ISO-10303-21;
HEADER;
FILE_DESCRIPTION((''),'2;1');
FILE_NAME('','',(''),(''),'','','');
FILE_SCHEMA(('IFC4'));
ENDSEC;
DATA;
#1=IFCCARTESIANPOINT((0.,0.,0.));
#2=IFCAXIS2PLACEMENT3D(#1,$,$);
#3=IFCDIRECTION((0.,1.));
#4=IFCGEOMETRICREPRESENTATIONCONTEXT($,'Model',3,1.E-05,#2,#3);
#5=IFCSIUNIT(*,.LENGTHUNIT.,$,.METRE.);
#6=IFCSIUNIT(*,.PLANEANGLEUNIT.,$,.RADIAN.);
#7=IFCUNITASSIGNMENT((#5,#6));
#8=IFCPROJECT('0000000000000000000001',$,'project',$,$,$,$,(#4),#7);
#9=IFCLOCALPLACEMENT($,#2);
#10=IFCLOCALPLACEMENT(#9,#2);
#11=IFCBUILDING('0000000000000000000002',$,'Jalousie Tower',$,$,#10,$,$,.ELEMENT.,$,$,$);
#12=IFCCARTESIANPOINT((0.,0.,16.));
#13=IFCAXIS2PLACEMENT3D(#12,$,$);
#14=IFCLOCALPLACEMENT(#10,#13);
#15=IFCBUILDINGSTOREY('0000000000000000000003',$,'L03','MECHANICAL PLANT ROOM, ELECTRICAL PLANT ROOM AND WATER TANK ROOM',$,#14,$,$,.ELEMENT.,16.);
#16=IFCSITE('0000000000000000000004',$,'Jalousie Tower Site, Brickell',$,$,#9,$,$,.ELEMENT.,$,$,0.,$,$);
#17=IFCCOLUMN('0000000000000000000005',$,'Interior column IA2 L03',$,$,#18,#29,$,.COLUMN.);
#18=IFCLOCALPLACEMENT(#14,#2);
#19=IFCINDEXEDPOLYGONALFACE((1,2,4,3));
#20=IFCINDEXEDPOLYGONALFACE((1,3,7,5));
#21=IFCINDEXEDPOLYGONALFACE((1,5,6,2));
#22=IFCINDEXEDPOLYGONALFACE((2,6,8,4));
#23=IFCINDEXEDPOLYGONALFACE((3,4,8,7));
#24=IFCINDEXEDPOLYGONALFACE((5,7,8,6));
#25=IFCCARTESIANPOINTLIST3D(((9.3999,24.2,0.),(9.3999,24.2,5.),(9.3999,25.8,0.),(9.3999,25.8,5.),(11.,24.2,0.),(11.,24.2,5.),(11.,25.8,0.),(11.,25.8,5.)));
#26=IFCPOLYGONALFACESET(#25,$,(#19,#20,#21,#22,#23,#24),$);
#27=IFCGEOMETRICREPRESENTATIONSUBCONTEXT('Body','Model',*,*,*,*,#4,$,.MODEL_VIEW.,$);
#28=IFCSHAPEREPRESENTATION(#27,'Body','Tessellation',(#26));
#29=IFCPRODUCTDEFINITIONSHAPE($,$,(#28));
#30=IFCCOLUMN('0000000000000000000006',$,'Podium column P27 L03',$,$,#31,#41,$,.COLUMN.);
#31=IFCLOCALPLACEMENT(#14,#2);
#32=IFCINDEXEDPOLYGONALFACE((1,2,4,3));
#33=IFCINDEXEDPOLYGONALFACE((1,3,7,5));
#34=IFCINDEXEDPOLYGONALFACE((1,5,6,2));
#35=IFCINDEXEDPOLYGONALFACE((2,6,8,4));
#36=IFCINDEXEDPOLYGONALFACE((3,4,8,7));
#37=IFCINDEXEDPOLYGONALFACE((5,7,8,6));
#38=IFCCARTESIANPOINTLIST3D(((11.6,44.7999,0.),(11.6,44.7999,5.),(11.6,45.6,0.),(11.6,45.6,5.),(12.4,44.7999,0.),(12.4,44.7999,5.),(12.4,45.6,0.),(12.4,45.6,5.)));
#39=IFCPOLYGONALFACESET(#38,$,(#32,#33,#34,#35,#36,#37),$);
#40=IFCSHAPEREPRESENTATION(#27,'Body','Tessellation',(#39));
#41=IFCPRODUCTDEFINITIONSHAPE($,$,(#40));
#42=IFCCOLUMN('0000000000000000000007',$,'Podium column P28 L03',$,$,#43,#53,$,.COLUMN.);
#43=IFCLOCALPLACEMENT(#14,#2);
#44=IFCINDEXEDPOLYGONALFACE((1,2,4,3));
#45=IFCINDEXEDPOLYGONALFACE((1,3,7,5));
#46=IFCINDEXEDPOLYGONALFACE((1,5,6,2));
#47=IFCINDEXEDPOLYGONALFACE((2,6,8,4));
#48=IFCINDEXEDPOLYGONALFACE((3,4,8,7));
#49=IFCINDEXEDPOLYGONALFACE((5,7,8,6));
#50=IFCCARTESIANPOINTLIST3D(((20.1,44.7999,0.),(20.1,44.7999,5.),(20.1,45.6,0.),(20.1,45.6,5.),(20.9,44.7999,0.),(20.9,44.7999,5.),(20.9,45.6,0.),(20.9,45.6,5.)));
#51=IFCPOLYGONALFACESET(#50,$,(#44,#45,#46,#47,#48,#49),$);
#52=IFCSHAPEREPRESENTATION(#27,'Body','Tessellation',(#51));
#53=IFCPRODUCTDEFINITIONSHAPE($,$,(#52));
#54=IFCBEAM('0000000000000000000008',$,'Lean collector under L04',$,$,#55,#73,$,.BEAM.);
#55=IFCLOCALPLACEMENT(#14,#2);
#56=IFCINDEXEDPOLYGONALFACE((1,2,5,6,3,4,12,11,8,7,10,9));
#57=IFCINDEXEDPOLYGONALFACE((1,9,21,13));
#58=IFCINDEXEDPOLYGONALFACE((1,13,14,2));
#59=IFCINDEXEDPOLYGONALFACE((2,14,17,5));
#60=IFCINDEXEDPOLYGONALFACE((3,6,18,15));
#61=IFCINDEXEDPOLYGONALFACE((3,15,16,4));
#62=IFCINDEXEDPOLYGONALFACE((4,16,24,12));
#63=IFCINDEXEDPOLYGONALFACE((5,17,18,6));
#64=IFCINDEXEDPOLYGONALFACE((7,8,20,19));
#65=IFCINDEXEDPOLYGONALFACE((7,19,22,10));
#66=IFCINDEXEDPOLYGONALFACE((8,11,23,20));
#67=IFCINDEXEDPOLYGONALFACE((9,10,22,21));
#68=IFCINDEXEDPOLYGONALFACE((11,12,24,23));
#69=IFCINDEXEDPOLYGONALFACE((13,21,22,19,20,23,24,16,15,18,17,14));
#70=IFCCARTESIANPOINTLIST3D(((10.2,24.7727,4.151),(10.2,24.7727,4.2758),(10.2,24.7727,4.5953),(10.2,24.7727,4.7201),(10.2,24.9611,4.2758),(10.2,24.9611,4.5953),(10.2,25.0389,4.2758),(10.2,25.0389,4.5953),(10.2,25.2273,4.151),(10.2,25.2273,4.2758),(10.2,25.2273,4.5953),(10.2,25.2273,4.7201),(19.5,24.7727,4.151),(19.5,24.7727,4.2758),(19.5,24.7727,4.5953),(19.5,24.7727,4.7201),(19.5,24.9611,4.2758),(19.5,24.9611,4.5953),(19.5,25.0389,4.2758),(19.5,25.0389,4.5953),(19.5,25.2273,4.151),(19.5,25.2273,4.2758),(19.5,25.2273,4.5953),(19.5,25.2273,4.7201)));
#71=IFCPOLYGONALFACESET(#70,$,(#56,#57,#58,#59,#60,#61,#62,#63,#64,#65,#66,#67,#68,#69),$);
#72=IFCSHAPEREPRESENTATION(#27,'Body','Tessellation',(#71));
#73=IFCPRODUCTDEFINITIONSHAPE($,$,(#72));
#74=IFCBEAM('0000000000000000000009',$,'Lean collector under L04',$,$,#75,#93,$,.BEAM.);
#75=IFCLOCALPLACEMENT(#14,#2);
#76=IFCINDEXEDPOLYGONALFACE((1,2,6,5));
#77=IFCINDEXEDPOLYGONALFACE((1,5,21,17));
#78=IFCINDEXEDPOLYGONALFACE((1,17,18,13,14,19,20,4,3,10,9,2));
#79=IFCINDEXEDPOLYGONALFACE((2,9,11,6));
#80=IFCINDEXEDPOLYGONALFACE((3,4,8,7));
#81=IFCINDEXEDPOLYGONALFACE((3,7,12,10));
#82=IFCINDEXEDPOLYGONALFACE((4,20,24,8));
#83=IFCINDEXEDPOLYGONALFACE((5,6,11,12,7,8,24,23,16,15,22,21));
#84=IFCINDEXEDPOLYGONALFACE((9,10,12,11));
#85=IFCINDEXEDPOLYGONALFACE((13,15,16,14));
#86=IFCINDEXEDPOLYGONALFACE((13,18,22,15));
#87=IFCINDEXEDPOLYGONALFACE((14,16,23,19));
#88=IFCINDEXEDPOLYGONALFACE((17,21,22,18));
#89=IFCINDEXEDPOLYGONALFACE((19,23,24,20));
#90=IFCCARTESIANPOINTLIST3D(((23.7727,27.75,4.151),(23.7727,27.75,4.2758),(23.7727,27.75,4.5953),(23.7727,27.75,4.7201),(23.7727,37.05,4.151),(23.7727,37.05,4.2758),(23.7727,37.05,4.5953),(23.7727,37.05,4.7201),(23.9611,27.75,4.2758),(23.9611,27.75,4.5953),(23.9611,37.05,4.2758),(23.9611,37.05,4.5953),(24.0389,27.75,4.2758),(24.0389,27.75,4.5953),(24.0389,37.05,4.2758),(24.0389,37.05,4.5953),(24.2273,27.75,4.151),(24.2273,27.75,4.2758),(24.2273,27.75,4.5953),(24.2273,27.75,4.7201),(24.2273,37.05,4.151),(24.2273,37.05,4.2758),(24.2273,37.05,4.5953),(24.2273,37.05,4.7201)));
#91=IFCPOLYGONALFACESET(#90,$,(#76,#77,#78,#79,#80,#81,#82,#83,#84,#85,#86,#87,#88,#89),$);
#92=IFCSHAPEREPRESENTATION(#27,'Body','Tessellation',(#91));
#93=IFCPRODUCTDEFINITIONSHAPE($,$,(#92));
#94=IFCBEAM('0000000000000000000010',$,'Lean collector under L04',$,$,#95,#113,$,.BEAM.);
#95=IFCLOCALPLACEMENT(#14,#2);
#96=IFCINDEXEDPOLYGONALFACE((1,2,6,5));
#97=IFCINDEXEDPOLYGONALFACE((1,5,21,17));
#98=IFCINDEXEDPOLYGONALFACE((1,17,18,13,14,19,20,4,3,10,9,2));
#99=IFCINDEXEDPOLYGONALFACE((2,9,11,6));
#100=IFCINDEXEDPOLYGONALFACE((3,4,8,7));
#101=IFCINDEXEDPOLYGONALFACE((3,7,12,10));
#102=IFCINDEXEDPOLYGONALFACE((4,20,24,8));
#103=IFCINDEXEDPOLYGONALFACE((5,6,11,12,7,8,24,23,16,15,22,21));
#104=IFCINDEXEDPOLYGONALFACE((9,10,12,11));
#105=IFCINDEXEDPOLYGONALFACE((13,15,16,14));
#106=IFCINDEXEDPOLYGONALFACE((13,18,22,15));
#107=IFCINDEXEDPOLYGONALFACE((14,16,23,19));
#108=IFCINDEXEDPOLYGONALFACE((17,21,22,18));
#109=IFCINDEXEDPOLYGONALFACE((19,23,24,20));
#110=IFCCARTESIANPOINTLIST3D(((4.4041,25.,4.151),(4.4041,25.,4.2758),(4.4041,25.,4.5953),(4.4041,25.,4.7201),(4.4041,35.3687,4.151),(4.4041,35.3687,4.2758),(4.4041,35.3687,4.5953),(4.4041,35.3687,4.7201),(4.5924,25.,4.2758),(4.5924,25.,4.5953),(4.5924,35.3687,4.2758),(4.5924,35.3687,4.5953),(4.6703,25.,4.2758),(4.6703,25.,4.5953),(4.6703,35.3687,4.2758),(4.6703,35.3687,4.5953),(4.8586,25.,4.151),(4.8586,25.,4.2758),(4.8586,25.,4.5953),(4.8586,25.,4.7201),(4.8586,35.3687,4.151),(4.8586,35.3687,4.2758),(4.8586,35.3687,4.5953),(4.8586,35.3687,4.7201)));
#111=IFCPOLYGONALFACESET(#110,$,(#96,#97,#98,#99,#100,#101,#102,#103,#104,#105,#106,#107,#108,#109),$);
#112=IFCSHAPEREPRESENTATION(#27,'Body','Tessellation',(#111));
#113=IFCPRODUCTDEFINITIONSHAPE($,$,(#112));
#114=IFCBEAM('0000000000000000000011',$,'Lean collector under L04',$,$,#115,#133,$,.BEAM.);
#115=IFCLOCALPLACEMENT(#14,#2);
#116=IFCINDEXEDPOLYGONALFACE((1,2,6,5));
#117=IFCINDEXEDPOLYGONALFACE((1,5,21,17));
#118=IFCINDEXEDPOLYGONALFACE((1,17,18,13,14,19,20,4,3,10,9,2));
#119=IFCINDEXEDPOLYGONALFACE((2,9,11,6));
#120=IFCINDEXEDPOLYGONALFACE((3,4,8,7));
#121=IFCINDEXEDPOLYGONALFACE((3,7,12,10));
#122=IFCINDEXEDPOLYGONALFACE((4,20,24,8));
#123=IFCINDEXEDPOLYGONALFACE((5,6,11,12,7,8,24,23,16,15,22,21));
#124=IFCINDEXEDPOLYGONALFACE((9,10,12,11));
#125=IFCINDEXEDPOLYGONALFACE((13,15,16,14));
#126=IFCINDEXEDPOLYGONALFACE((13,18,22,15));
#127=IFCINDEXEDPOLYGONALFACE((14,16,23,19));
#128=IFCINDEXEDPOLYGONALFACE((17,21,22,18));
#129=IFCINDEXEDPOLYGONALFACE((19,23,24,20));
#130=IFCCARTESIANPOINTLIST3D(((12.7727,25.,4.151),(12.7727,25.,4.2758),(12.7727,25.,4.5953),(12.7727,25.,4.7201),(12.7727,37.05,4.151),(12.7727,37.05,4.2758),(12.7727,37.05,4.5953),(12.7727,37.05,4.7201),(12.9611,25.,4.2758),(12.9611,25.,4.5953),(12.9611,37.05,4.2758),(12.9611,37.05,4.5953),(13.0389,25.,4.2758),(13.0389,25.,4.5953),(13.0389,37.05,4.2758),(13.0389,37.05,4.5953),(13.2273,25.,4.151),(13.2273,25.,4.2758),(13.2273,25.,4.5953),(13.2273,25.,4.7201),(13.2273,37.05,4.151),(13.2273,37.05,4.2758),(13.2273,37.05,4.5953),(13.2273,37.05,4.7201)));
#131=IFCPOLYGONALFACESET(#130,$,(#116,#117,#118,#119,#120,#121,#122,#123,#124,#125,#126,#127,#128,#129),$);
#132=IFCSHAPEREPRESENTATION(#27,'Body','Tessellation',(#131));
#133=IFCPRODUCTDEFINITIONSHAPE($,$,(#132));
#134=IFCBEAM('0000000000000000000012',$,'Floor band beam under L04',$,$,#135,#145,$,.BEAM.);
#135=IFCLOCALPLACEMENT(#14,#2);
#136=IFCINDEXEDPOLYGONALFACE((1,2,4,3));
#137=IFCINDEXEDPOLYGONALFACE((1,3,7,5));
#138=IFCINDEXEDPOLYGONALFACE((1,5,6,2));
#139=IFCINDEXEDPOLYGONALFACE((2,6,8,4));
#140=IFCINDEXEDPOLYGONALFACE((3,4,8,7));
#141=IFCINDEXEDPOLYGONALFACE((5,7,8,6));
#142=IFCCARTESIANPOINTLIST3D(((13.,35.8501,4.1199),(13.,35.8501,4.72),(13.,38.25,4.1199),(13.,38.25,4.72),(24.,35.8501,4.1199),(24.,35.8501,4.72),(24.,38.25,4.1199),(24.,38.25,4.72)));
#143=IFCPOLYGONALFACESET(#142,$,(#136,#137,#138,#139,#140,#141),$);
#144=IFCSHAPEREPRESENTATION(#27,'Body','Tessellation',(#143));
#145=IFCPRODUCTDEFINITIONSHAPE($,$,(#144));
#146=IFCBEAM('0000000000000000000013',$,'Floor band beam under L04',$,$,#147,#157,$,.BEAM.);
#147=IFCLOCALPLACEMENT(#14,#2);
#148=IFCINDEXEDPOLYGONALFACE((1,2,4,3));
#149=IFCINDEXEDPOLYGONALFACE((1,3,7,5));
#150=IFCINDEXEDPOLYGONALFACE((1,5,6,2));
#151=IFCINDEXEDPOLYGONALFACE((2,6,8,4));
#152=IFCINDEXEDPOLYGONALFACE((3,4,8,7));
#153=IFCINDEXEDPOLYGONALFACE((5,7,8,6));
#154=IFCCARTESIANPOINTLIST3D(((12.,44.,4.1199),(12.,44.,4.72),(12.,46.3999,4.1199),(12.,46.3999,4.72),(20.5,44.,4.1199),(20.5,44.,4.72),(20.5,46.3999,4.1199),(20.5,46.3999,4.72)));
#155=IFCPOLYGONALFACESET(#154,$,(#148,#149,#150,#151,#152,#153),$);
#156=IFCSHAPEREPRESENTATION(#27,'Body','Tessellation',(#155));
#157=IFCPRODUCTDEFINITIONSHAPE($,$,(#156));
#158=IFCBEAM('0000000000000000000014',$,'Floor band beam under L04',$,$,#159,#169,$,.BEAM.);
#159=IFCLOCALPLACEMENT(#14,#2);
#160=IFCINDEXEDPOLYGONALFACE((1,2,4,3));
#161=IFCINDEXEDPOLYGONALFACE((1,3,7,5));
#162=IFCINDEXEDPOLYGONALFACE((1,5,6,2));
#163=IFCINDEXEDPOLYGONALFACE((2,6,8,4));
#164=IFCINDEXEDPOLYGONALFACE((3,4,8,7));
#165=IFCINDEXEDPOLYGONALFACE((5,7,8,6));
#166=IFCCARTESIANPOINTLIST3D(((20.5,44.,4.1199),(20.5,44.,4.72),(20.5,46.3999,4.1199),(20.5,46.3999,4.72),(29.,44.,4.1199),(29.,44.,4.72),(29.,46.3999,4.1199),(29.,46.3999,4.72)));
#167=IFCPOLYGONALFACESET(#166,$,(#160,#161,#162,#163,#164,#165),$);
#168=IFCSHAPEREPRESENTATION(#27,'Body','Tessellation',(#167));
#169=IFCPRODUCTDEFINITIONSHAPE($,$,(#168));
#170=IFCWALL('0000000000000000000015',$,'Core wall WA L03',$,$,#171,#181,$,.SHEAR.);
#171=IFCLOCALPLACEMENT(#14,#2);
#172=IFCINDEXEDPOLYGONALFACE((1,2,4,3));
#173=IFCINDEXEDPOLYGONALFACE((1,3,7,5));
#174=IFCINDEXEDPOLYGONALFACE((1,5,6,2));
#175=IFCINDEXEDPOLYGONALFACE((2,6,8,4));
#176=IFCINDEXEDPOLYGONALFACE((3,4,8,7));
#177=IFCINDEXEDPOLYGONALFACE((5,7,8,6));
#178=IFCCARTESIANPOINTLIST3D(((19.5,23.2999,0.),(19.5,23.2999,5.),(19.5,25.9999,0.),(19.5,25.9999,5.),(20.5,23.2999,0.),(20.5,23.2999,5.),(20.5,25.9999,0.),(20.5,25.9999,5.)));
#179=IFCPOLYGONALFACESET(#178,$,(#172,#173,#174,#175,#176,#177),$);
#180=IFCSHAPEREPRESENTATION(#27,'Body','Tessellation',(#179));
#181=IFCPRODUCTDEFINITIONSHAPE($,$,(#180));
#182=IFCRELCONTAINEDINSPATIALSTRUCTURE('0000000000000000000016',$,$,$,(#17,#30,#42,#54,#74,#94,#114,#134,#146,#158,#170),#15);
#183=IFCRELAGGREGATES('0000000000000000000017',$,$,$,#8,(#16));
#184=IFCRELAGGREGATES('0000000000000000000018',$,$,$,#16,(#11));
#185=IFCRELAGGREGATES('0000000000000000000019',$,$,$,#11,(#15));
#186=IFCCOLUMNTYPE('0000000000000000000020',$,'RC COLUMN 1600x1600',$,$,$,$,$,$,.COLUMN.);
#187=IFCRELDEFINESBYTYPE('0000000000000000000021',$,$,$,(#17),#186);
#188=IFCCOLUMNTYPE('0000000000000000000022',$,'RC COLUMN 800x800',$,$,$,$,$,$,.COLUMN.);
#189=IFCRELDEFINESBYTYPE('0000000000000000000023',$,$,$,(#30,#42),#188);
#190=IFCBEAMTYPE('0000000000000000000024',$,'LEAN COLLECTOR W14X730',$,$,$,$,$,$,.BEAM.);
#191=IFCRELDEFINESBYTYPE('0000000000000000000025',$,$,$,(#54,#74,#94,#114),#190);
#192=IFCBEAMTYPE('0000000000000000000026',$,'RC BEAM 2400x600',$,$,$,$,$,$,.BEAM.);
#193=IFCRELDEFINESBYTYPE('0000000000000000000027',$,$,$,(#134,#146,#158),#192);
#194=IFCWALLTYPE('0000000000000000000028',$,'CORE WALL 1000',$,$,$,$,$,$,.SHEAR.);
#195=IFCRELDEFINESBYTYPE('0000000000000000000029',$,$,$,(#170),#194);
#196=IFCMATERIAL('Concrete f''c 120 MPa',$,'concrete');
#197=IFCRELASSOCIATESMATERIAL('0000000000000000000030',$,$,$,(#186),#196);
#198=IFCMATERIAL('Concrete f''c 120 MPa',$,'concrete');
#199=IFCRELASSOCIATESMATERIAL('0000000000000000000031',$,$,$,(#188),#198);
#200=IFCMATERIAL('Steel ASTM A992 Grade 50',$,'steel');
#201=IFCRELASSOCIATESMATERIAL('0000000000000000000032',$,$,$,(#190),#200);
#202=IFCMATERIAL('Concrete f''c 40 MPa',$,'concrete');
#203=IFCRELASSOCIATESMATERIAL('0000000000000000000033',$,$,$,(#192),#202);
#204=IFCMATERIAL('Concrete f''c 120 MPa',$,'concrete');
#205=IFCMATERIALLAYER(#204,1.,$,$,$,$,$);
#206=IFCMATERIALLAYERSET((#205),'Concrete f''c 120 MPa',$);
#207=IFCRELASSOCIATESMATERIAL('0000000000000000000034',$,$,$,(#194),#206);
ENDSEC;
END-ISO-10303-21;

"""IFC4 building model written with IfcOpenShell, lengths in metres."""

from ifc_helpers import new_model, si_unit, direction, frame, frame_2d, origin, origin_2d, place, context, subcontext, project, spatial, rectangle, i_section, extrude, material, layer, layer_set, material_profile, profile_set, type_object, element, save


model = new_model("IFC4")

# Units and contexts
model_context = context("Model", 3, precision=1e-05, world=origin(), true_north=direction((0.0, 1.0)))
body_context = subcontext(model_context, "Body", "Model", "MODEL_VIEW")
ifc_project = project(units=[si_unit("LENGTHUNIT", "METRE"), si_unit("PLANEANGLEUNIT", "RADIAN")], contexts=[model_context])

# Site, building, storey
site_placement = place(None, origin())
site = spatial("IfcSite", under=ifc_project, at=site_placement, Name="Jalousie Tower Site, Brickell", CompositionType="ELEMENT", RefElevation=0.0)
building_placement = place(site_placement, origin())
building = spatial("IfcBuilding", under=site, at=building_placement, Name="Jalousie Tower", CompositionType="ELEMENT")
storey_placement = place(building_placement, frame((0.0, 0.0, 16.0)))
storey = spatial("IfcBuildingStorey", under=building, at=storey_placement, Name="L03", Description="MECHANICAL PLANT ROOM, ELECTRICAL PLANT ROOM AND WATER TANK ROOM", CompositionType="ELEMENT", Elevation=16.0)

# Columns
ifc_material_1 = material(Name="Concrete f'c 120 MPa", Category="concrete")
ifc_material_profile_1 = material_profile(ifc_material_1, rectangle(XDim=1.6001, YDim=1.6001, at=origin_2d()), Name="RC 1600x1600")
ifc_profile_set_1 = profile_set([ifc_material_profile_1], Name="Concrete f'c 120 MPa")
column_type_1 = type_object("IfcColumnType", Name="RC COLUMN 1600x1600", PredefinedType="COLUMN", material=ifc_profile_set_1)
column_placement = place(storey_placement, frame((10.2, 25.0, 0.0), z_axis=(0.0, 0.0, 1.0), x_axis=(1.0, 0.0, 0.0)))
element("IfcColumn", 1, at=column_placement, inside=storey, type_object=column_type_1, Name="Interior column IA2 L03", PredefinedType="COLUMN", context=body_context, shape_type="SweptSolid", body=[
    extrude(rectangle(XDim=1.6001, YDim=1.6001, at=origin_2d()), origin(), (0.0, 0.0, 1.0), 5.0),
])
ifc_material_2 = material(Name="Concrete f'c 120 MPa", Category="concrete")
ifc_material_profile_2 = material_profile(ifc_material_2, rectangle(XDim=0.8, YDim=0.8, at=origin_2d()), Name="RC 800x800")
ifc_profile_set_2 = profile_set([ifc_material_profile_2], Name="Concrete f'c 120 MPa")
column_type_2 = type_object("IfcColumnType", Name="RC COLUMN 800x800", PredefinedType="COLUMN", material=ifc_profile_set_2)
for number, where, z_axis, x_axis, name in (
    (2, (12.0, 45.2, 0.0), (0.0, 0.0, 1.0), (1.0, 0.0, 0.0), "Podium column P27 L03"),
    (3, (20.5, 45.2, 0.0), (0.0, 0.0, 1.0), (1.0, 0.0, 0.0), "Podium column P28 L03"),
):
    element("IfcColumn", number, at=place(storey_placement, frame(where, z_axis=z_axis, x_axis=x_axis)), inside=storey, type_object=column_type_2, Name=name, PredefinedType="COLUMN", context=body_context, shape_type="SweptSolid", body=[
        extrude(rectangle(XDim=0.8, YDim=0.8, at=origin_2d()), origin(), (0.0, 0.0, 1.0), 5.0),
    ])

# Beams
ifc_material_3 = material(Name="Steel ASTM A992 Grade 50", Category="steel")
ifc_material_profile_3 = material_profile(ifc_material_3, i_section(OverallWidth=0.4546, OverallDepth=0.5691, WebThickness=0.0779, FlangeThickness=0.1248, at=origin_2d()), Name="W14X730")
ifc_profile_set_3 = profile_set([ifc_material_profile_3], Name="Steel ASTM A992 Grade 50")
beam_type_1 = type_object("IfcBeamType", Name="LEAN COLLECTOR W14X730", PredefinedType="BEAM", material=ifc_profile_set_3)
for number, where, z_axis, x_axis, name in (
    (4, (10.2, 25.0, 4.4355), (1.0, 0.0, 0.0), (0.0, 1.0, 0.0), "Lean collector under L04"),
    (5, (24.0, 37.05, 4.4355), (0.0, -1.0, 0.0), (1.0, 0.0, 0.0), "Lean collector under L04"),
):
    element("IfcBeam", number, at=place(storey_placement, frame(where, z_axis=z_axis, x_axis=x_axis)), inside=storey, type_object=beam_type_1, Name=name, PredefinedType="BEAM", context=body_context, shape_type="SweptSolid", body=[
        extrude(i_section(OverallWidth=0.4546, OverallDepth=0.5691, WebThickness=0.0779, FlangeThickness=0.1248, at=origin_2d()), origin(), (0.0, 0.0, 1.0), 9.3),
    ])
beam_1_placement = place(storey_placement, frame((4.6313, 35.3687, 4.4355), z_axis=(0.0, -1.0, 0.0), x_axis=(1.0, 0.0, 0.0)))
element("IfcBeam", 6, at=beam_1_placement, inside=storey, type_object=beam_type_1, Name="Lean collector under L04", PredefinedType="BEAM", context=body_context, shape_type="SweptSolid", body=[
    extrude(i_section(OverallWidth=0.4546, OverallDepth=0.5691, WebThickness=0.0779, FlangeThickness=0.1248, at=origin_2d()), origin(), (0.0, 0.0, 1.0), 10.3687),
])
beam_2_placement = place(storey_placement, frame((13.0, 37.05, 4.4355), z_axis=(0.0, -1.0, 0.0), x_axis=(1.0, 0.0, 0.0)))
element("IfcBeam", 7, at=beam_2_placement, inside=storey, type_object=beam_type_1, Name="Lean collector under L04", PredefinedType="BEAM", context=body_context, shape_type="SweptSolid", body=[
    extrude(i_section(OverallWidth=0.4546, OverallDepth=0.5691, WebThickness=0.0779, FlangeThickness=0.1248, at=origin_2d()), origin(), (0.0, 0.0, 1.0), 12.05),
])
ifc_material_4 = material(Name="Concrete f'c 40 MPa", Category="concrete")
ifc_material_profile_4 = material_profile(ifc_material_4, rectangle(XDim=2.3999, YDim=0.6001, at=origin_2d()), Name="RC 2400x600")
ifc_profile_set_4 = profile_set([ifc_material_profile_4], Name="Concrete f'c 40 MPa")
beam_type_2 = type_object("IfcBeamType", Name="RC BEAM 2400x600", PredefinedType="BEAM", material=ifc_profile_set_4)
beam_3_placement = place(storey_placement, frame((24.0, 37.05, 4.4199), z_axis=(-1.0, 0.0, 0.0), x_axis=(0.0, -1.0, 0.0)))
element("IfcBeam", 8, at=beam_3_placement, inside=storey, type_object=beam_type_2, Name="Floor band beam under L04", PredefinedType="BEAM", context=body_context, shape_type="SweptSolid", body=[
    extrude(rectangle(XDim=2.3999, YDim=0.6001, at=origin_2d()), origin(), (0.0, 0.0, 1.0), 11.0),
])
for number, where, z_axis, x_axis, name in (
    (9, (12.0, 45.2, 4.4199), (1.0, 0.0, 0.0), (0.0, 1.0, 0.0), "Floor band beam under L04"),
    (10, (20.5, 45.2, 4.4199), (1.0, 0.0, 0.0), (0.0, 1.0, 0.0), "Floor band beam under L04"),
):
    element("IfcBeam", number, at=place(storey_placement, frame(where, z_axis=z_axis, x_axis=x_axis)), inside=storey, type_object=beam_type_2, Name=name, PredefinedType="BEAM", context=body_context, shape_type="SweptSolid", body=[
        extrude(rectangle(XDim=2.3999, YDim=0.6001, at=origin_2d()), origin(), (0.0, 0.0, 1.0), 8.5),
    ])

# Wall
ifc_material_5 = material(Name="Concrete f'c 120 MPa", Category="concrete")
ifc_layer_1 = layer(ifc_material_5, 1.0)
ifc_layer_set_1 = layer_set([ifc_layer_1], Name="Concrete f'c 120 MPa")
wall_type_1 = type_object("IfcWallType", Name="CORE WALL 1000", PredefinedType="SHEAR", material=ifc_layer_set_1)
wall_1_placement = place(storey_placement, frame((20.0, 26.0, 0.0), z_axis=(0.0, 0.0, 1.0), x_axis=(0.0, -1.0, 0.0)))
element("IfcWall", 11, at=wall_1_placement, inside=storey, type_object=wall_type_1, Name="Core wall WA L03", PredefinedType="SHEAR", context=body_context, shape_type="SweptSolid", body=[
    extrude(rectangle(XDim=2.7, YDim=1.0, at=frame_2d((1.3501, 0.0))), origin(), (0.0, 0.0, 1.0), 5.0),
])

save(model, "model.ifc")
